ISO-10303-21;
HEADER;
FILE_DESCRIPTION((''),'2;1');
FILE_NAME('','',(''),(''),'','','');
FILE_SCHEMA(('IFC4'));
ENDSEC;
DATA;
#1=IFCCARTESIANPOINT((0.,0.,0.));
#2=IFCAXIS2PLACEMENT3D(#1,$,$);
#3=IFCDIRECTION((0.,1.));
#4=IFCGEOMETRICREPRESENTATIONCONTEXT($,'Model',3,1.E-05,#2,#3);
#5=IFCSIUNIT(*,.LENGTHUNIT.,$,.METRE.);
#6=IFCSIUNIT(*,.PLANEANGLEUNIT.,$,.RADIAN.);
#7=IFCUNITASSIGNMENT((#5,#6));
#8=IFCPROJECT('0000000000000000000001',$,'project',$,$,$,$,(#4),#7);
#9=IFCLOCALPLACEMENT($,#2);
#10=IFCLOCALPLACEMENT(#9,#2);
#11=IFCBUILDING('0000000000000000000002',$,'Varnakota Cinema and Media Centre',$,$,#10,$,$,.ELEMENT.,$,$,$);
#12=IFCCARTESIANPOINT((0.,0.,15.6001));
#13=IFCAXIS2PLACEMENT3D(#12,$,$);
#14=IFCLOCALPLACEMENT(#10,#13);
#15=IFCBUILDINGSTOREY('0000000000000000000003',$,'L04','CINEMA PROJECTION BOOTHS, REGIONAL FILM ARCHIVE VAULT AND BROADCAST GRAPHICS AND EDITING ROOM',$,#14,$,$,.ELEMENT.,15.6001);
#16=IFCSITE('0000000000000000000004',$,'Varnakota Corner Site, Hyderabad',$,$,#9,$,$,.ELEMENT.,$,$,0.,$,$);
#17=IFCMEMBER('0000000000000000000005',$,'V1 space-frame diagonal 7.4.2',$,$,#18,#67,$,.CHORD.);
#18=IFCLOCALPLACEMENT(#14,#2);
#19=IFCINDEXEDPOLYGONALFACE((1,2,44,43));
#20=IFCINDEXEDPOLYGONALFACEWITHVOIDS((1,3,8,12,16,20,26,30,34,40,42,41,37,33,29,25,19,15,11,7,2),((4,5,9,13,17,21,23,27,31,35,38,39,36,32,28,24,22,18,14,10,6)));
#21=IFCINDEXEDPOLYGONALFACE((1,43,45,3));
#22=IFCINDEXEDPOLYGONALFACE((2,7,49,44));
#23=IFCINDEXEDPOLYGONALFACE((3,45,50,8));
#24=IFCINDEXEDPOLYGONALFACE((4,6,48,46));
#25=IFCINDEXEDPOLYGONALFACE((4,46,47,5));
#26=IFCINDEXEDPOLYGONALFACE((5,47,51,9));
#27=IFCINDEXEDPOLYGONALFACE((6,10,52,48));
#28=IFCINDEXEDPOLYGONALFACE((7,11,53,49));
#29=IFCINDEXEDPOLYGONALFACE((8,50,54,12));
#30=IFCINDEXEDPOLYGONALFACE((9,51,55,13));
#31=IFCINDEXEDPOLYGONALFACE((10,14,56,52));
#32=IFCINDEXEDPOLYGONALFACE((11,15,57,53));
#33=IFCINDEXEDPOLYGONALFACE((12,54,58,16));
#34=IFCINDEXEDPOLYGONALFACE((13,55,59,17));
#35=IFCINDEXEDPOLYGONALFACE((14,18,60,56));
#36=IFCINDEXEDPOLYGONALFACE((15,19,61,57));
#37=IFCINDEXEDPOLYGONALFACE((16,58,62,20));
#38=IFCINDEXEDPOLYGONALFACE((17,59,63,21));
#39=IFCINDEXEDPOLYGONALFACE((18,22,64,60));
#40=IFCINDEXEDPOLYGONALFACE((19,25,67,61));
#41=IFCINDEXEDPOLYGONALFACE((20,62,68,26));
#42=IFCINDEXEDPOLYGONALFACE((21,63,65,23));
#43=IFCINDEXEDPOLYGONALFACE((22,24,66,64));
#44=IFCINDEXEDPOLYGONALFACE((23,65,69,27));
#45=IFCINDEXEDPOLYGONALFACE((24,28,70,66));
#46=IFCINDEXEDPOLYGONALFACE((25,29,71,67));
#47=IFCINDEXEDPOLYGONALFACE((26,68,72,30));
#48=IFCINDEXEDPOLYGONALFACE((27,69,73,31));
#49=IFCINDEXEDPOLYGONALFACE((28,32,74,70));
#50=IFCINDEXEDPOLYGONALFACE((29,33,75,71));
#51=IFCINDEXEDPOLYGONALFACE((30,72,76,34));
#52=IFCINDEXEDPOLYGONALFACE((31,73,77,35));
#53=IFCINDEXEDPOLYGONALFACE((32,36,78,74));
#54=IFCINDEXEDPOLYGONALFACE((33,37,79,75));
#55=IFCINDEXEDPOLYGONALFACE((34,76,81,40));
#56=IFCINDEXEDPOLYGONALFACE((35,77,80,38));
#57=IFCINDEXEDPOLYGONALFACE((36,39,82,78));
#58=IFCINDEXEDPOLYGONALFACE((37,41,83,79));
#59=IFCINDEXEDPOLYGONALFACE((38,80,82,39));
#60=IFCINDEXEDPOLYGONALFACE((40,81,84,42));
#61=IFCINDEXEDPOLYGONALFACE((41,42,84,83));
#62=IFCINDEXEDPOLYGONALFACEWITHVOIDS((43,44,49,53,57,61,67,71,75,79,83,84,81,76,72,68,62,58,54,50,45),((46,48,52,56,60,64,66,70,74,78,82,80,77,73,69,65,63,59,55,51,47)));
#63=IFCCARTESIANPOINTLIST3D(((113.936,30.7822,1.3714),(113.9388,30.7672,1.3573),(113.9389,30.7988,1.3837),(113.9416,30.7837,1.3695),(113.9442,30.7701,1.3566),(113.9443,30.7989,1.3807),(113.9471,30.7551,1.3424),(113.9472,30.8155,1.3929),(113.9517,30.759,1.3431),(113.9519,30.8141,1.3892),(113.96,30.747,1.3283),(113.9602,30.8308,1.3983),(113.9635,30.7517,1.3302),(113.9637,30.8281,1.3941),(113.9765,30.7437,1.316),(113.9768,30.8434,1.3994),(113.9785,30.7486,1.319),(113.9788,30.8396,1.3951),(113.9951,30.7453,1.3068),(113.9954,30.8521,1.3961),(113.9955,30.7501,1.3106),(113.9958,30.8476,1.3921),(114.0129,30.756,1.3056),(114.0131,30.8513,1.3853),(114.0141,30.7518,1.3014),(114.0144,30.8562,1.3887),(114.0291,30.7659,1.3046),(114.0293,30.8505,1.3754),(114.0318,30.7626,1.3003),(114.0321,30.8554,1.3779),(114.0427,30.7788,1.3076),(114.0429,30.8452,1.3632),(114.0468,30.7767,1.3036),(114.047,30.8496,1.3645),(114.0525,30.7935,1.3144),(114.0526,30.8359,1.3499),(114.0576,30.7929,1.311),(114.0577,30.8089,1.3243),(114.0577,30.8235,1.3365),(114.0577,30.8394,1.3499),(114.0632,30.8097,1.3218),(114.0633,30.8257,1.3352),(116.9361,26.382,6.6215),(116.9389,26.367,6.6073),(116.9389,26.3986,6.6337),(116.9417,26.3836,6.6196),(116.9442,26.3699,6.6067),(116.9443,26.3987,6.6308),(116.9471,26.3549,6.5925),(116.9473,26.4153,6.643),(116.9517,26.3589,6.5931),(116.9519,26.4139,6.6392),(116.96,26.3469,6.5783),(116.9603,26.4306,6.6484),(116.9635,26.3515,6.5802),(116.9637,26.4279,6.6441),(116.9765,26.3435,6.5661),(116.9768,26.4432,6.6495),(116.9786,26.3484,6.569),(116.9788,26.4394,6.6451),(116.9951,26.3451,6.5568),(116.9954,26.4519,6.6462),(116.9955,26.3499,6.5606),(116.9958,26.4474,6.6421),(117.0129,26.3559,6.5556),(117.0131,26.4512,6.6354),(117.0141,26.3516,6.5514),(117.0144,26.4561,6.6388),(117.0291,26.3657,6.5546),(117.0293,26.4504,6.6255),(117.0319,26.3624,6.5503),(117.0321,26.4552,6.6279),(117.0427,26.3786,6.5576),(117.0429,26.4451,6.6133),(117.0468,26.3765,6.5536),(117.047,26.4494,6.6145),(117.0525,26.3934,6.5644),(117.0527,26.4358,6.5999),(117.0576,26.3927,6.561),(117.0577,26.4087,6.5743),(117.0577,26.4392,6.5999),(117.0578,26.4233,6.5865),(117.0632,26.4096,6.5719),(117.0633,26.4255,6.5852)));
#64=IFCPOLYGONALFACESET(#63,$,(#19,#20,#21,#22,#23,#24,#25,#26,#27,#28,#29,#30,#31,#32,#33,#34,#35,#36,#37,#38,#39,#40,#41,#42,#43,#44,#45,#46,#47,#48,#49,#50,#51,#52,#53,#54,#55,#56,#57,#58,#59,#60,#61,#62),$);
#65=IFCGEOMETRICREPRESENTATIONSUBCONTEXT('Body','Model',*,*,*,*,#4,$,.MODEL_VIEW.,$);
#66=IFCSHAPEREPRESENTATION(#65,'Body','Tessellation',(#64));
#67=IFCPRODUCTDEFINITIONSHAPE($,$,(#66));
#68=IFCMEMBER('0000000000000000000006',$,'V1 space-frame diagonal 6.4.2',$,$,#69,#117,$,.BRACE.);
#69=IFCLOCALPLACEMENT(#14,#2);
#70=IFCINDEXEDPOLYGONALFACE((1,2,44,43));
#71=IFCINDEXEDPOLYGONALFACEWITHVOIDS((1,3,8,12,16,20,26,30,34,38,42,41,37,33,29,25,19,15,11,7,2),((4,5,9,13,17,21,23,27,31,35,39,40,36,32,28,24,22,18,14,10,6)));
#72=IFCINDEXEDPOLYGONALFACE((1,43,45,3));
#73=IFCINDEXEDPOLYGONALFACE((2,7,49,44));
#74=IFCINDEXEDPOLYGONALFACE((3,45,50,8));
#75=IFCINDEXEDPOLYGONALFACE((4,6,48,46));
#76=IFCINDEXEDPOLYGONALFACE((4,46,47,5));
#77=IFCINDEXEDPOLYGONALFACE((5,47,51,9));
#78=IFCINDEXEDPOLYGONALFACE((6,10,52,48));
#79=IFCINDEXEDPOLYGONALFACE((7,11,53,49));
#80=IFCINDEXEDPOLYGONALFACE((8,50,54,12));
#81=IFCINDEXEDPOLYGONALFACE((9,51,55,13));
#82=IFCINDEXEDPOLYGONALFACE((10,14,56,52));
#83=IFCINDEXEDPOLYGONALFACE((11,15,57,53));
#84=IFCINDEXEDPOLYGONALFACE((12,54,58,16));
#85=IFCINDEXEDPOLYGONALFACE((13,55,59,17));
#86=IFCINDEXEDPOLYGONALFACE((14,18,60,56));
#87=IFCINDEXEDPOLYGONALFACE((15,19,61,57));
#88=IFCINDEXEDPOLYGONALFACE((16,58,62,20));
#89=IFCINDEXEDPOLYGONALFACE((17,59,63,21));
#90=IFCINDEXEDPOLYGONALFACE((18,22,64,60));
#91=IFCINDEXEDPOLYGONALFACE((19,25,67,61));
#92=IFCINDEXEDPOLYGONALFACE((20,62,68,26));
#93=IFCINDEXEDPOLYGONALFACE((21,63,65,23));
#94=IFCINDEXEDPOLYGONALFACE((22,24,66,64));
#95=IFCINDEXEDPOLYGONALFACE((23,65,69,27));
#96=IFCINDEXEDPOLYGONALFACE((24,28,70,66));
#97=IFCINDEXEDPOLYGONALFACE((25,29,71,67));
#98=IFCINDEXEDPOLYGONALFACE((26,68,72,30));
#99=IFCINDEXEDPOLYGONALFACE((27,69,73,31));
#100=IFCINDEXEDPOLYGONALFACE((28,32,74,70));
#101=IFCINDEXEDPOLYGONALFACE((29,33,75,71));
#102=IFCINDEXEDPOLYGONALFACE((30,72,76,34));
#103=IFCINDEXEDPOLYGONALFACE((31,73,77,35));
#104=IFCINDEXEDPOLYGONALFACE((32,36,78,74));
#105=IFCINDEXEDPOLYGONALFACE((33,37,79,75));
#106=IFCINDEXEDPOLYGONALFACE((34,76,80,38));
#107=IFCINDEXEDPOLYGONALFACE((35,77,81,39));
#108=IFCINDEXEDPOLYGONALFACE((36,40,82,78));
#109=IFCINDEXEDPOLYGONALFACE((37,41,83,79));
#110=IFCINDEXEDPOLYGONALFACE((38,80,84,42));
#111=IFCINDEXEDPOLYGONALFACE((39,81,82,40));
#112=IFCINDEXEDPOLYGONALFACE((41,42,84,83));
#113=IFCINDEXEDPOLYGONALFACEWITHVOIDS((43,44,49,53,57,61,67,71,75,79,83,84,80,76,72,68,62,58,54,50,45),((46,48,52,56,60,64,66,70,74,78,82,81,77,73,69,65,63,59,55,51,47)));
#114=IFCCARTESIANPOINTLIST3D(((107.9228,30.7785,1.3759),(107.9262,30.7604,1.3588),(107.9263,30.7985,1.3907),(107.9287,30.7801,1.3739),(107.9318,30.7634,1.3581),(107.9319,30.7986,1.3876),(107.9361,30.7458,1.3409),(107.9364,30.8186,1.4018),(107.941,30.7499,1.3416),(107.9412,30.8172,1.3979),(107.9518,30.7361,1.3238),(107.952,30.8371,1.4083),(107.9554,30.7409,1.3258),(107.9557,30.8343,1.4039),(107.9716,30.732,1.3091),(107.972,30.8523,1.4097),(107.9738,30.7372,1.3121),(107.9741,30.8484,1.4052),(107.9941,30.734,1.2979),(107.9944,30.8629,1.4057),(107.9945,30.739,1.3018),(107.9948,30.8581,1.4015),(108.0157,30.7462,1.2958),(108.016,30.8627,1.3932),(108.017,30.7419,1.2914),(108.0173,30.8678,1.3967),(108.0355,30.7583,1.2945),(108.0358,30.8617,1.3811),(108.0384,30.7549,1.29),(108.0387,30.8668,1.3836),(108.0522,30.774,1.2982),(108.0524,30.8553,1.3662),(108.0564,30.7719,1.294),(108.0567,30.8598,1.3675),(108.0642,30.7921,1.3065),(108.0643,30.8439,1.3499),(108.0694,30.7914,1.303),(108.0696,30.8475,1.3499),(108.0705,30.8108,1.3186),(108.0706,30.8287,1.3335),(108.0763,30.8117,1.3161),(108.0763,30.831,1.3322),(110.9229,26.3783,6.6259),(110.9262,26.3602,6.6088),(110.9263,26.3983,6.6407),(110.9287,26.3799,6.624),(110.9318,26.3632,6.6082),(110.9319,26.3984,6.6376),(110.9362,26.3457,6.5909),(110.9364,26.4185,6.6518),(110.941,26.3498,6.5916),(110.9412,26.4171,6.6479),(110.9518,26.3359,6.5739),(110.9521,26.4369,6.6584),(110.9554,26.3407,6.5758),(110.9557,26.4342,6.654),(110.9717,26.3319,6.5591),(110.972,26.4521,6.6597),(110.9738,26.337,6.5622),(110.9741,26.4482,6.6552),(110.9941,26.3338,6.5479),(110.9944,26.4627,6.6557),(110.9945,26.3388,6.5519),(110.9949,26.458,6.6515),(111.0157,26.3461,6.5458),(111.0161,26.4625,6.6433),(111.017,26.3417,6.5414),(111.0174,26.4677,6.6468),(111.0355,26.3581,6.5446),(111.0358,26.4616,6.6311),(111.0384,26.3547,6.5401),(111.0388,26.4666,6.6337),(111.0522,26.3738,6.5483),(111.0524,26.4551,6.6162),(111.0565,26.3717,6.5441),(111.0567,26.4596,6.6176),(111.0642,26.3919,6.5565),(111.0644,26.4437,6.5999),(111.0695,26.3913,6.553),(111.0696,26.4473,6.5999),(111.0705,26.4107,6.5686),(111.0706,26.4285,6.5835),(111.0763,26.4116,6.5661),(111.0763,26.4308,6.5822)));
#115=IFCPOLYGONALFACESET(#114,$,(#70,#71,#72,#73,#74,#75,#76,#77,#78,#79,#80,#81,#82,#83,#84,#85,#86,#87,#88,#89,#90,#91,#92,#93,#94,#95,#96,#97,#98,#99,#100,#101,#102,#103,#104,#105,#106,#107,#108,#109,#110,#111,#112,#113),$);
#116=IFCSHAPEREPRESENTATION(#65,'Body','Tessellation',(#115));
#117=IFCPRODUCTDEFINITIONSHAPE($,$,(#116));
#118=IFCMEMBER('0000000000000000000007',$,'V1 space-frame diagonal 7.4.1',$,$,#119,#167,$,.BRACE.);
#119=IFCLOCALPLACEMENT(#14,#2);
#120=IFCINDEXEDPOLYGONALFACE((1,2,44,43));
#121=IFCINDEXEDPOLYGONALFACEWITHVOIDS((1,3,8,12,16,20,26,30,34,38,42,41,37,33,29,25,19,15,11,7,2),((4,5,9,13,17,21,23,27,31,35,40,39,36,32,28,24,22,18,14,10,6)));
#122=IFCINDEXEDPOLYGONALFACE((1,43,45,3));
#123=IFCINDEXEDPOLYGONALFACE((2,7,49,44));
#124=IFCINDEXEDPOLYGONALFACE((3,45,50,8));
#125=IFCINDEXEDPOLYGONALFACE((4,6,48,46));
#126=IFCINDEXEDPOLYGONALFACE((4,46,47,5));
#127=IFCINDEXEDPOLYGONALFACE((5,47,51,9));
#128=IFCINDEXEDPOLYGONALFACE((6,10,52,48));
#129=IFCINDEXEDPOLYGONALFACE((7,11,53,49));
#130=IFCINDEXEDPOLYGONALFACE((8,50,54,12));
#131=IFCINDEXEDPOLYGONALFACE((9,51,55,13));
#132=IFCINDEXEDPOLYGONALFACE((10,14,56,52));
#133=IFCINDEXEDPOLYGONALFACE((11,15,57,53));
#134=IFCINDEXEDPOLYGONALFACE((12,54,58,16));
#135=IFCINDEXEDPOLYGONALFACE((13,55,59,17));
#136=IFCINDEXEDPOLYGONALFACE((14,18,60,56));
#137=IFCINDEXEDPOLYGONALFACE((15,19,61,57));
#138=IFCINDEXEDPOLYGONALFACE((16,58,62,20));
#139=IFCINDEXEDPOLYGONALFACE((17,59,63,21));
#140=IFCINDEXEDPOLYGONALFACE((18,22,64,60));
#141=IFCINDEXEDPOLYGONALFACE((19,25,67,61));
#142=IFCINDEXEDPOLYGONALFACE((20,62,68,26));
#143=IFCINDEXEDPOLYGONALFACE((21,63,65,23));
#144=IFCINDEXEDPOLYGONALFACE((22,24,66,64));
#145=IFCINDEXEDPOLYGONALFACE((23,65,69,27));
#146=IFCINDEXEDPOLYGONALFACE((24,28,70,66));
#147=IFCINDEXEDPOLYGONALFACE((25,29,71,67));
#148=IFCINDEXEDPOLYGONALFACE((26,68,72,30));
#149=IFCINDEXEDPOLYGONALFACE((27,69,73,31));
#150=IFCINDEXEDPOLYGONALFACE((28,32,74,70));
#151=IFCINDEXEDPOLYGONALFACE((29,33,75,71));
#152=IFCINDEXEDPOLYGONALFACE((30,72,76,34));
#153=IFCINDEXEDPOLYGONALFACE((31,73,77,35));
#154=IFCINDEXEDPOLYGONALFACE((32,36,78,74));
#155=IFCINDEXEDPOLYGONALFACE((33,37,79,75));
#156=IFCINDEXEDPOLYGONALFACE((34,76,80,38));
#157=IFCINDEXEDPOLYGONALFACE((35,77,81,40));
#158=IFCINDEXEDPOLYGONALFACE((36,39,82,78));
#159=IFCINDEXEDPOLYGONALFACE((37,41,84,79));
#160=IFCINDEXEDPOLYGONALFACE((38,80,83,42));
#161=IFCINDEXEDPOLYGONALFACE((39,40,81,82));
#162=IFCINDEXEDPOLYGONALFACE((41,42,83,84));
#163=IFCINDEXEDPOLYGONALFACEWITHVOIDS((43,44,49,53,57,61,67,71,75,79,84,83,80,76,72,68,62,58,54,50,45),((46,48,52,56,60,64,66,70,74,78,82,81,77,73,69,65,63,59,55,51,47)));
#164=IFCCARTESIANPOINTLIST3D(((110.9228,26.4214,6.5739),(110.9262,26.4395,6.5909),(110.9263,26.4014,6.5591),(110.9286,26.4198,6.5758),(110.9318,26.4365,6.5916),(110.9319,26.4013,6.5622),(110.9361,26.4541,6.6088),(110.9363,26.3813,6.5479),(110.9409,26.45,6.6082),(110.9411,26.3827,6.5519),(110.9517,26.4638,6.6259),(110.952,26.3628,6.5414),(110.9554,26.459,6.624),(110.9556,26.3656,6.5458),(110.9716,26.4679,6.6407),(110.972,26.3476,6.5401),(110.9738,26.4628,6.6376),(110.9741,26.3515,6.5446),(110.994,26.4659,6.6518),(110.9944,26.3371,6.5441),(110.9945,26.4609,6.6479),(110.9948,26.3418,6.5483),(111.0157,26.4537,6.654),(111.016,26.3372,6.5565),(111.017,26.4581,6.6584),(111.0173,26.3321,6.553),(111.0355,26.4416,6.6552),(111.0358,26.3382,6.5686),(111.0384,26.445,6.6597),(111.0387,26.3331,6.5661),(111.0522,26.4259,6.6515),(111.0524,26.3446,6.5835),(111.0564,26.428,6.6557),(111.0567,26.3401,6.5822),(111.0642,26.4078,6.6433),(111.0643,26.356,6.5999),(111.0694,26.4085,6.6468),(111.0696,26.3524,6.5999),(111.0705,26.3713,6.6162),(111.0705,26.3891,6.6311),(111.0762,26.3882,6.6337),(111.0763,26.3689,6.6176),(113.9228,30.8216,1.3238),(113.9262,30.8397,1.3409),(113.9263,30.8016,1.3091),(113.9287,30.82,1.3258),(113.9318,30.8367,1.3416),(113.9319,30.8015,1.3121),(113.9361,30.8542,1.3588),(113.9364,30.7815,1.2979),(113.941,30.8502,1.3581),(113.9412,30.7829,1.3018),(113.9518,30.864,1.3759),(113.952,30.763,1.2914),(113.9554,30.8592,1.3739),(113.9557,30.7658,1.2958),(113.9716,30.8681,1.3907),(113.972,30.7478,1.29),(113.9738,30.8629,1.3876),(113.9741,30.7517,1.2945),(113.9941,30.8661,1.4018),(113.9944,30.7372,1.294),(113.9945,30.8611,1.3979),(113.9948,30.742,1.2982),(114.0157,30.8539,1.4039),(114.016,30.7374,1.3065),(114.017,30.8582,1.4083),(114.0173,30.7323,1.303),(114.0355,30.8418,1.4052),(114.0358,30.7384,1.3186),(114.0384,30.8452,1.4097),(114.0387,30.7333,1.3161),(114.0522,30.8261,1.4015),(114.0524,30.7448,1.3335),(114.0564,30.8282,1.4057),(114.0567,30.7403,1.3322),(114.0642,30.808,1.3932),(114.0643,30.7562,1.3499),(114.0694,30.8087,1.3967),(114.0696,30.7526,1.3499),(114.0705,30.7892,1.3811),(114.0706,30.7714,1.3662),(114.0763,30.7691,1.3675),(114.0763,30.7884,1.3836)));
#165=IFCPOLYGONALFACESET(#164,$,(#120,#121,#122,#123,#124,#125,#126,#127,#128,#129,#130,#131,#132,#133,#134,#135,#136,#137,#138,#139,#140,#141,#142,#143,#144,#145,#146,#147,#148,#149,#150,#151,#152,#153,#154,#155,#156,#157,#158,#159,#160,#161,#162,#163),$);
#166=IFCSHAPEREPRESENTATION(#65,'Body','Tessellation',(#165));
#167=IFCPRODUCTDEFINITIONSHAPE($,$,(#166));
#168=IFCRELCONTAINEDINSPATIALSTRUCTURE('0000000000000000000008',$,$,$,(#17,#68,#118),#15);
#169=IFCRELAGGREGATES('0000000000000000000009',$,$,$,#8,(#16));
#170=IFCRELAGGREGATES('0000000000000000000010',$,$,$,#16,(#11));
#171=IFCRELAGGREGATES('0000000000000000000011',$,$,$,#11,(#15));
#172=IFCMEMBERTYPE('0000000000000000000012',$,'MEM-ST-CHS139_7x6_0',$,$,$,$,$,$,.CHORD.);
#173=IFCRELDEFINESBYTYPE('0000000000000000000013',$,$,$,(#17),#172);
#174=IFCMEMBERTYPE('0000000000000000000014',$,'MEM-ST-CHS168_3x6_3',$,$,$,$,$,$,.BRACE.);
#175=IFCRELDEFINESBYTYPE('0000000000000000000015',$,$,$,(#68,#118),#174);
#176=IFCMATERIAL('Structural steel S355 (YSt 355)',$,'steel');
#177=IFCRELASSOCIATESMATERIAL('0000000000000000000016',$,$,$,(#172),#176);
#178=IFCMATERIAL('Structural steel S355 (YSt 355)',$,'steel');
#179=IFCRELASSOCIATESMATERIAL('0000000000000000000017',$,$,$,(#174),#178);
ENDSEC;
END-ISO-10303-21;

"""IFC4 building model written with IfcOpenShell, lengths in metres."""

from ifc_helpers import new_model, si_unit, direction, frame, origin, origin_2d, place, context, subcontext, project, spatial, hollow_circle, extrude, material, material_profile, profile_set, type_object, element, save


model = new_model("IFC4")

# Units and contexts
model_context = context("Model", 3, precision=1e-05, world=origin(), true_north=direction((0.0, 1.0)))
body_context = subcontext(model_context, "Body", "Model", "MODEL_VIEW")
ifc_project = project(units=[si_unit("LENGTHUNIT", "METRE"), si_unit("PLANEANGLEUNIT", "RADIAN")], contexts=[model_context])

# Site, building, storey
site_placement = place(None, origin())
site = spatial("IfcSite", under=ifc_project, at=site_placement, Name="Varnakota Corner Site, Hyderabad", CompositionType="ELEMENT", RefElevation=0.0)
building_placement = place(site_placement, origin())
building = spatial("IfcBuilding", under=site, at=building_placement, Name="Varnakota Cinema and Media Centre", CompositionType="ELEMENT")
storey_placement = place(building_placement, frame((0.0, 0.0, 15.6001)))
storey = spatial("IfcBuildingStorey", under=building, at=storey_placement, Name="L04", Description="CINEMA PROJECTION BOOTHS, REGIONAL FILM ARCHIVE VAULT AND BROADCAST GRAPHICS AND EDITING ROOM", CompositionType="ELEMENT", Elevation=15.6001)

# Members
ifc_material_1 = material(Name="Structural steel S355 (YSt 355)", Category="steel")
ifc_material_profile_1 = material_profile(ifc_material_1, hollow_circle(Radius=0.0698, WallThickness=0.0061, at=origin_2d()), Name="CHS 139.7x6.0")
ifc_profile_set_1 = profile_set([ifc_material_profile_1], Name="Structural steel S355 (YSt 355)")
member_type_1 = type_object("IfcMemberType", Name="MEM-ST-CHS139_7x6_0", PredefinedType="CHORD", material=ifc_profile_set_1)
member_1_placement = place(storey_placement, frame((114.0, 30.8, 1.3499), z_axis=(0.401165, -0.588395, 0.702039), x_axis=(0.826236, 0.563324, 0.0)))
element("IfcMember", 1, at=member_1_placement, inside=storey, type_object=member_type_1, Name="V1 space-frame diagonal 7.4.2", PredefinedType="CHORD", context=body_context, shape_type="SweptSolid", body=[
    extrude(hollow_circle(Radius=0.0698, WallThickness=0.0061, at=origin_2d()), origin(), (0.0, 0.0, 1.0), 7.4783),
])
ifc_material_2 = material(Name="Structural steel S355 (YSt 355)", Category="steel")
ifc_material_profile_2 = material_profile(ifc_material_2, hollow_circle(Radius=0.0842, WallThickness=0.0063, at=origin_2d()), Name="CHS 168.3x6.3")
ifc_profile_set_2 = profile_set([ifc_material_profile_2], Name="Structural steel S355 (YSt 355)")
member_type_2 = type_object("IfcMemberType", Name="MEM-ST-CHS168_3x6_3", PredefinedType="BRACE", material=ifc_profile_set_2)
for number, where, z_axis, x_axis, name in (
    (2, (108.0, 30.8, 1.3499), (0.401165, -0.588395, 0.702039), (0.826236, 0.563324, 0.0), "V1 space-frame diagonal 6.4.2"),
    (3, (114.0, 30.8, 1.3499), (-0.401165, -0.588395, 0.702039), (0.826236, -0.563324, 0.0), "V1 space-frame diagonal 7.4.1"),
):
    element("IfcMember", number, at=place(storey_placement, frame(where, z_axis=z_axis, x_axis=x_axis)), inside=storey, type_object=member_type_2, Name=name, PredefinedType="BRACE", context=body_context, shape_type="SweptSolid", body=[
        extrude(hollow_circle(Radius=0.0842, WallThickness=0.0063, at=origin_2d()), origin(), (0.0, 0.0, 1.0), 7.4783),
    ])

save(model, "model.ifc")
